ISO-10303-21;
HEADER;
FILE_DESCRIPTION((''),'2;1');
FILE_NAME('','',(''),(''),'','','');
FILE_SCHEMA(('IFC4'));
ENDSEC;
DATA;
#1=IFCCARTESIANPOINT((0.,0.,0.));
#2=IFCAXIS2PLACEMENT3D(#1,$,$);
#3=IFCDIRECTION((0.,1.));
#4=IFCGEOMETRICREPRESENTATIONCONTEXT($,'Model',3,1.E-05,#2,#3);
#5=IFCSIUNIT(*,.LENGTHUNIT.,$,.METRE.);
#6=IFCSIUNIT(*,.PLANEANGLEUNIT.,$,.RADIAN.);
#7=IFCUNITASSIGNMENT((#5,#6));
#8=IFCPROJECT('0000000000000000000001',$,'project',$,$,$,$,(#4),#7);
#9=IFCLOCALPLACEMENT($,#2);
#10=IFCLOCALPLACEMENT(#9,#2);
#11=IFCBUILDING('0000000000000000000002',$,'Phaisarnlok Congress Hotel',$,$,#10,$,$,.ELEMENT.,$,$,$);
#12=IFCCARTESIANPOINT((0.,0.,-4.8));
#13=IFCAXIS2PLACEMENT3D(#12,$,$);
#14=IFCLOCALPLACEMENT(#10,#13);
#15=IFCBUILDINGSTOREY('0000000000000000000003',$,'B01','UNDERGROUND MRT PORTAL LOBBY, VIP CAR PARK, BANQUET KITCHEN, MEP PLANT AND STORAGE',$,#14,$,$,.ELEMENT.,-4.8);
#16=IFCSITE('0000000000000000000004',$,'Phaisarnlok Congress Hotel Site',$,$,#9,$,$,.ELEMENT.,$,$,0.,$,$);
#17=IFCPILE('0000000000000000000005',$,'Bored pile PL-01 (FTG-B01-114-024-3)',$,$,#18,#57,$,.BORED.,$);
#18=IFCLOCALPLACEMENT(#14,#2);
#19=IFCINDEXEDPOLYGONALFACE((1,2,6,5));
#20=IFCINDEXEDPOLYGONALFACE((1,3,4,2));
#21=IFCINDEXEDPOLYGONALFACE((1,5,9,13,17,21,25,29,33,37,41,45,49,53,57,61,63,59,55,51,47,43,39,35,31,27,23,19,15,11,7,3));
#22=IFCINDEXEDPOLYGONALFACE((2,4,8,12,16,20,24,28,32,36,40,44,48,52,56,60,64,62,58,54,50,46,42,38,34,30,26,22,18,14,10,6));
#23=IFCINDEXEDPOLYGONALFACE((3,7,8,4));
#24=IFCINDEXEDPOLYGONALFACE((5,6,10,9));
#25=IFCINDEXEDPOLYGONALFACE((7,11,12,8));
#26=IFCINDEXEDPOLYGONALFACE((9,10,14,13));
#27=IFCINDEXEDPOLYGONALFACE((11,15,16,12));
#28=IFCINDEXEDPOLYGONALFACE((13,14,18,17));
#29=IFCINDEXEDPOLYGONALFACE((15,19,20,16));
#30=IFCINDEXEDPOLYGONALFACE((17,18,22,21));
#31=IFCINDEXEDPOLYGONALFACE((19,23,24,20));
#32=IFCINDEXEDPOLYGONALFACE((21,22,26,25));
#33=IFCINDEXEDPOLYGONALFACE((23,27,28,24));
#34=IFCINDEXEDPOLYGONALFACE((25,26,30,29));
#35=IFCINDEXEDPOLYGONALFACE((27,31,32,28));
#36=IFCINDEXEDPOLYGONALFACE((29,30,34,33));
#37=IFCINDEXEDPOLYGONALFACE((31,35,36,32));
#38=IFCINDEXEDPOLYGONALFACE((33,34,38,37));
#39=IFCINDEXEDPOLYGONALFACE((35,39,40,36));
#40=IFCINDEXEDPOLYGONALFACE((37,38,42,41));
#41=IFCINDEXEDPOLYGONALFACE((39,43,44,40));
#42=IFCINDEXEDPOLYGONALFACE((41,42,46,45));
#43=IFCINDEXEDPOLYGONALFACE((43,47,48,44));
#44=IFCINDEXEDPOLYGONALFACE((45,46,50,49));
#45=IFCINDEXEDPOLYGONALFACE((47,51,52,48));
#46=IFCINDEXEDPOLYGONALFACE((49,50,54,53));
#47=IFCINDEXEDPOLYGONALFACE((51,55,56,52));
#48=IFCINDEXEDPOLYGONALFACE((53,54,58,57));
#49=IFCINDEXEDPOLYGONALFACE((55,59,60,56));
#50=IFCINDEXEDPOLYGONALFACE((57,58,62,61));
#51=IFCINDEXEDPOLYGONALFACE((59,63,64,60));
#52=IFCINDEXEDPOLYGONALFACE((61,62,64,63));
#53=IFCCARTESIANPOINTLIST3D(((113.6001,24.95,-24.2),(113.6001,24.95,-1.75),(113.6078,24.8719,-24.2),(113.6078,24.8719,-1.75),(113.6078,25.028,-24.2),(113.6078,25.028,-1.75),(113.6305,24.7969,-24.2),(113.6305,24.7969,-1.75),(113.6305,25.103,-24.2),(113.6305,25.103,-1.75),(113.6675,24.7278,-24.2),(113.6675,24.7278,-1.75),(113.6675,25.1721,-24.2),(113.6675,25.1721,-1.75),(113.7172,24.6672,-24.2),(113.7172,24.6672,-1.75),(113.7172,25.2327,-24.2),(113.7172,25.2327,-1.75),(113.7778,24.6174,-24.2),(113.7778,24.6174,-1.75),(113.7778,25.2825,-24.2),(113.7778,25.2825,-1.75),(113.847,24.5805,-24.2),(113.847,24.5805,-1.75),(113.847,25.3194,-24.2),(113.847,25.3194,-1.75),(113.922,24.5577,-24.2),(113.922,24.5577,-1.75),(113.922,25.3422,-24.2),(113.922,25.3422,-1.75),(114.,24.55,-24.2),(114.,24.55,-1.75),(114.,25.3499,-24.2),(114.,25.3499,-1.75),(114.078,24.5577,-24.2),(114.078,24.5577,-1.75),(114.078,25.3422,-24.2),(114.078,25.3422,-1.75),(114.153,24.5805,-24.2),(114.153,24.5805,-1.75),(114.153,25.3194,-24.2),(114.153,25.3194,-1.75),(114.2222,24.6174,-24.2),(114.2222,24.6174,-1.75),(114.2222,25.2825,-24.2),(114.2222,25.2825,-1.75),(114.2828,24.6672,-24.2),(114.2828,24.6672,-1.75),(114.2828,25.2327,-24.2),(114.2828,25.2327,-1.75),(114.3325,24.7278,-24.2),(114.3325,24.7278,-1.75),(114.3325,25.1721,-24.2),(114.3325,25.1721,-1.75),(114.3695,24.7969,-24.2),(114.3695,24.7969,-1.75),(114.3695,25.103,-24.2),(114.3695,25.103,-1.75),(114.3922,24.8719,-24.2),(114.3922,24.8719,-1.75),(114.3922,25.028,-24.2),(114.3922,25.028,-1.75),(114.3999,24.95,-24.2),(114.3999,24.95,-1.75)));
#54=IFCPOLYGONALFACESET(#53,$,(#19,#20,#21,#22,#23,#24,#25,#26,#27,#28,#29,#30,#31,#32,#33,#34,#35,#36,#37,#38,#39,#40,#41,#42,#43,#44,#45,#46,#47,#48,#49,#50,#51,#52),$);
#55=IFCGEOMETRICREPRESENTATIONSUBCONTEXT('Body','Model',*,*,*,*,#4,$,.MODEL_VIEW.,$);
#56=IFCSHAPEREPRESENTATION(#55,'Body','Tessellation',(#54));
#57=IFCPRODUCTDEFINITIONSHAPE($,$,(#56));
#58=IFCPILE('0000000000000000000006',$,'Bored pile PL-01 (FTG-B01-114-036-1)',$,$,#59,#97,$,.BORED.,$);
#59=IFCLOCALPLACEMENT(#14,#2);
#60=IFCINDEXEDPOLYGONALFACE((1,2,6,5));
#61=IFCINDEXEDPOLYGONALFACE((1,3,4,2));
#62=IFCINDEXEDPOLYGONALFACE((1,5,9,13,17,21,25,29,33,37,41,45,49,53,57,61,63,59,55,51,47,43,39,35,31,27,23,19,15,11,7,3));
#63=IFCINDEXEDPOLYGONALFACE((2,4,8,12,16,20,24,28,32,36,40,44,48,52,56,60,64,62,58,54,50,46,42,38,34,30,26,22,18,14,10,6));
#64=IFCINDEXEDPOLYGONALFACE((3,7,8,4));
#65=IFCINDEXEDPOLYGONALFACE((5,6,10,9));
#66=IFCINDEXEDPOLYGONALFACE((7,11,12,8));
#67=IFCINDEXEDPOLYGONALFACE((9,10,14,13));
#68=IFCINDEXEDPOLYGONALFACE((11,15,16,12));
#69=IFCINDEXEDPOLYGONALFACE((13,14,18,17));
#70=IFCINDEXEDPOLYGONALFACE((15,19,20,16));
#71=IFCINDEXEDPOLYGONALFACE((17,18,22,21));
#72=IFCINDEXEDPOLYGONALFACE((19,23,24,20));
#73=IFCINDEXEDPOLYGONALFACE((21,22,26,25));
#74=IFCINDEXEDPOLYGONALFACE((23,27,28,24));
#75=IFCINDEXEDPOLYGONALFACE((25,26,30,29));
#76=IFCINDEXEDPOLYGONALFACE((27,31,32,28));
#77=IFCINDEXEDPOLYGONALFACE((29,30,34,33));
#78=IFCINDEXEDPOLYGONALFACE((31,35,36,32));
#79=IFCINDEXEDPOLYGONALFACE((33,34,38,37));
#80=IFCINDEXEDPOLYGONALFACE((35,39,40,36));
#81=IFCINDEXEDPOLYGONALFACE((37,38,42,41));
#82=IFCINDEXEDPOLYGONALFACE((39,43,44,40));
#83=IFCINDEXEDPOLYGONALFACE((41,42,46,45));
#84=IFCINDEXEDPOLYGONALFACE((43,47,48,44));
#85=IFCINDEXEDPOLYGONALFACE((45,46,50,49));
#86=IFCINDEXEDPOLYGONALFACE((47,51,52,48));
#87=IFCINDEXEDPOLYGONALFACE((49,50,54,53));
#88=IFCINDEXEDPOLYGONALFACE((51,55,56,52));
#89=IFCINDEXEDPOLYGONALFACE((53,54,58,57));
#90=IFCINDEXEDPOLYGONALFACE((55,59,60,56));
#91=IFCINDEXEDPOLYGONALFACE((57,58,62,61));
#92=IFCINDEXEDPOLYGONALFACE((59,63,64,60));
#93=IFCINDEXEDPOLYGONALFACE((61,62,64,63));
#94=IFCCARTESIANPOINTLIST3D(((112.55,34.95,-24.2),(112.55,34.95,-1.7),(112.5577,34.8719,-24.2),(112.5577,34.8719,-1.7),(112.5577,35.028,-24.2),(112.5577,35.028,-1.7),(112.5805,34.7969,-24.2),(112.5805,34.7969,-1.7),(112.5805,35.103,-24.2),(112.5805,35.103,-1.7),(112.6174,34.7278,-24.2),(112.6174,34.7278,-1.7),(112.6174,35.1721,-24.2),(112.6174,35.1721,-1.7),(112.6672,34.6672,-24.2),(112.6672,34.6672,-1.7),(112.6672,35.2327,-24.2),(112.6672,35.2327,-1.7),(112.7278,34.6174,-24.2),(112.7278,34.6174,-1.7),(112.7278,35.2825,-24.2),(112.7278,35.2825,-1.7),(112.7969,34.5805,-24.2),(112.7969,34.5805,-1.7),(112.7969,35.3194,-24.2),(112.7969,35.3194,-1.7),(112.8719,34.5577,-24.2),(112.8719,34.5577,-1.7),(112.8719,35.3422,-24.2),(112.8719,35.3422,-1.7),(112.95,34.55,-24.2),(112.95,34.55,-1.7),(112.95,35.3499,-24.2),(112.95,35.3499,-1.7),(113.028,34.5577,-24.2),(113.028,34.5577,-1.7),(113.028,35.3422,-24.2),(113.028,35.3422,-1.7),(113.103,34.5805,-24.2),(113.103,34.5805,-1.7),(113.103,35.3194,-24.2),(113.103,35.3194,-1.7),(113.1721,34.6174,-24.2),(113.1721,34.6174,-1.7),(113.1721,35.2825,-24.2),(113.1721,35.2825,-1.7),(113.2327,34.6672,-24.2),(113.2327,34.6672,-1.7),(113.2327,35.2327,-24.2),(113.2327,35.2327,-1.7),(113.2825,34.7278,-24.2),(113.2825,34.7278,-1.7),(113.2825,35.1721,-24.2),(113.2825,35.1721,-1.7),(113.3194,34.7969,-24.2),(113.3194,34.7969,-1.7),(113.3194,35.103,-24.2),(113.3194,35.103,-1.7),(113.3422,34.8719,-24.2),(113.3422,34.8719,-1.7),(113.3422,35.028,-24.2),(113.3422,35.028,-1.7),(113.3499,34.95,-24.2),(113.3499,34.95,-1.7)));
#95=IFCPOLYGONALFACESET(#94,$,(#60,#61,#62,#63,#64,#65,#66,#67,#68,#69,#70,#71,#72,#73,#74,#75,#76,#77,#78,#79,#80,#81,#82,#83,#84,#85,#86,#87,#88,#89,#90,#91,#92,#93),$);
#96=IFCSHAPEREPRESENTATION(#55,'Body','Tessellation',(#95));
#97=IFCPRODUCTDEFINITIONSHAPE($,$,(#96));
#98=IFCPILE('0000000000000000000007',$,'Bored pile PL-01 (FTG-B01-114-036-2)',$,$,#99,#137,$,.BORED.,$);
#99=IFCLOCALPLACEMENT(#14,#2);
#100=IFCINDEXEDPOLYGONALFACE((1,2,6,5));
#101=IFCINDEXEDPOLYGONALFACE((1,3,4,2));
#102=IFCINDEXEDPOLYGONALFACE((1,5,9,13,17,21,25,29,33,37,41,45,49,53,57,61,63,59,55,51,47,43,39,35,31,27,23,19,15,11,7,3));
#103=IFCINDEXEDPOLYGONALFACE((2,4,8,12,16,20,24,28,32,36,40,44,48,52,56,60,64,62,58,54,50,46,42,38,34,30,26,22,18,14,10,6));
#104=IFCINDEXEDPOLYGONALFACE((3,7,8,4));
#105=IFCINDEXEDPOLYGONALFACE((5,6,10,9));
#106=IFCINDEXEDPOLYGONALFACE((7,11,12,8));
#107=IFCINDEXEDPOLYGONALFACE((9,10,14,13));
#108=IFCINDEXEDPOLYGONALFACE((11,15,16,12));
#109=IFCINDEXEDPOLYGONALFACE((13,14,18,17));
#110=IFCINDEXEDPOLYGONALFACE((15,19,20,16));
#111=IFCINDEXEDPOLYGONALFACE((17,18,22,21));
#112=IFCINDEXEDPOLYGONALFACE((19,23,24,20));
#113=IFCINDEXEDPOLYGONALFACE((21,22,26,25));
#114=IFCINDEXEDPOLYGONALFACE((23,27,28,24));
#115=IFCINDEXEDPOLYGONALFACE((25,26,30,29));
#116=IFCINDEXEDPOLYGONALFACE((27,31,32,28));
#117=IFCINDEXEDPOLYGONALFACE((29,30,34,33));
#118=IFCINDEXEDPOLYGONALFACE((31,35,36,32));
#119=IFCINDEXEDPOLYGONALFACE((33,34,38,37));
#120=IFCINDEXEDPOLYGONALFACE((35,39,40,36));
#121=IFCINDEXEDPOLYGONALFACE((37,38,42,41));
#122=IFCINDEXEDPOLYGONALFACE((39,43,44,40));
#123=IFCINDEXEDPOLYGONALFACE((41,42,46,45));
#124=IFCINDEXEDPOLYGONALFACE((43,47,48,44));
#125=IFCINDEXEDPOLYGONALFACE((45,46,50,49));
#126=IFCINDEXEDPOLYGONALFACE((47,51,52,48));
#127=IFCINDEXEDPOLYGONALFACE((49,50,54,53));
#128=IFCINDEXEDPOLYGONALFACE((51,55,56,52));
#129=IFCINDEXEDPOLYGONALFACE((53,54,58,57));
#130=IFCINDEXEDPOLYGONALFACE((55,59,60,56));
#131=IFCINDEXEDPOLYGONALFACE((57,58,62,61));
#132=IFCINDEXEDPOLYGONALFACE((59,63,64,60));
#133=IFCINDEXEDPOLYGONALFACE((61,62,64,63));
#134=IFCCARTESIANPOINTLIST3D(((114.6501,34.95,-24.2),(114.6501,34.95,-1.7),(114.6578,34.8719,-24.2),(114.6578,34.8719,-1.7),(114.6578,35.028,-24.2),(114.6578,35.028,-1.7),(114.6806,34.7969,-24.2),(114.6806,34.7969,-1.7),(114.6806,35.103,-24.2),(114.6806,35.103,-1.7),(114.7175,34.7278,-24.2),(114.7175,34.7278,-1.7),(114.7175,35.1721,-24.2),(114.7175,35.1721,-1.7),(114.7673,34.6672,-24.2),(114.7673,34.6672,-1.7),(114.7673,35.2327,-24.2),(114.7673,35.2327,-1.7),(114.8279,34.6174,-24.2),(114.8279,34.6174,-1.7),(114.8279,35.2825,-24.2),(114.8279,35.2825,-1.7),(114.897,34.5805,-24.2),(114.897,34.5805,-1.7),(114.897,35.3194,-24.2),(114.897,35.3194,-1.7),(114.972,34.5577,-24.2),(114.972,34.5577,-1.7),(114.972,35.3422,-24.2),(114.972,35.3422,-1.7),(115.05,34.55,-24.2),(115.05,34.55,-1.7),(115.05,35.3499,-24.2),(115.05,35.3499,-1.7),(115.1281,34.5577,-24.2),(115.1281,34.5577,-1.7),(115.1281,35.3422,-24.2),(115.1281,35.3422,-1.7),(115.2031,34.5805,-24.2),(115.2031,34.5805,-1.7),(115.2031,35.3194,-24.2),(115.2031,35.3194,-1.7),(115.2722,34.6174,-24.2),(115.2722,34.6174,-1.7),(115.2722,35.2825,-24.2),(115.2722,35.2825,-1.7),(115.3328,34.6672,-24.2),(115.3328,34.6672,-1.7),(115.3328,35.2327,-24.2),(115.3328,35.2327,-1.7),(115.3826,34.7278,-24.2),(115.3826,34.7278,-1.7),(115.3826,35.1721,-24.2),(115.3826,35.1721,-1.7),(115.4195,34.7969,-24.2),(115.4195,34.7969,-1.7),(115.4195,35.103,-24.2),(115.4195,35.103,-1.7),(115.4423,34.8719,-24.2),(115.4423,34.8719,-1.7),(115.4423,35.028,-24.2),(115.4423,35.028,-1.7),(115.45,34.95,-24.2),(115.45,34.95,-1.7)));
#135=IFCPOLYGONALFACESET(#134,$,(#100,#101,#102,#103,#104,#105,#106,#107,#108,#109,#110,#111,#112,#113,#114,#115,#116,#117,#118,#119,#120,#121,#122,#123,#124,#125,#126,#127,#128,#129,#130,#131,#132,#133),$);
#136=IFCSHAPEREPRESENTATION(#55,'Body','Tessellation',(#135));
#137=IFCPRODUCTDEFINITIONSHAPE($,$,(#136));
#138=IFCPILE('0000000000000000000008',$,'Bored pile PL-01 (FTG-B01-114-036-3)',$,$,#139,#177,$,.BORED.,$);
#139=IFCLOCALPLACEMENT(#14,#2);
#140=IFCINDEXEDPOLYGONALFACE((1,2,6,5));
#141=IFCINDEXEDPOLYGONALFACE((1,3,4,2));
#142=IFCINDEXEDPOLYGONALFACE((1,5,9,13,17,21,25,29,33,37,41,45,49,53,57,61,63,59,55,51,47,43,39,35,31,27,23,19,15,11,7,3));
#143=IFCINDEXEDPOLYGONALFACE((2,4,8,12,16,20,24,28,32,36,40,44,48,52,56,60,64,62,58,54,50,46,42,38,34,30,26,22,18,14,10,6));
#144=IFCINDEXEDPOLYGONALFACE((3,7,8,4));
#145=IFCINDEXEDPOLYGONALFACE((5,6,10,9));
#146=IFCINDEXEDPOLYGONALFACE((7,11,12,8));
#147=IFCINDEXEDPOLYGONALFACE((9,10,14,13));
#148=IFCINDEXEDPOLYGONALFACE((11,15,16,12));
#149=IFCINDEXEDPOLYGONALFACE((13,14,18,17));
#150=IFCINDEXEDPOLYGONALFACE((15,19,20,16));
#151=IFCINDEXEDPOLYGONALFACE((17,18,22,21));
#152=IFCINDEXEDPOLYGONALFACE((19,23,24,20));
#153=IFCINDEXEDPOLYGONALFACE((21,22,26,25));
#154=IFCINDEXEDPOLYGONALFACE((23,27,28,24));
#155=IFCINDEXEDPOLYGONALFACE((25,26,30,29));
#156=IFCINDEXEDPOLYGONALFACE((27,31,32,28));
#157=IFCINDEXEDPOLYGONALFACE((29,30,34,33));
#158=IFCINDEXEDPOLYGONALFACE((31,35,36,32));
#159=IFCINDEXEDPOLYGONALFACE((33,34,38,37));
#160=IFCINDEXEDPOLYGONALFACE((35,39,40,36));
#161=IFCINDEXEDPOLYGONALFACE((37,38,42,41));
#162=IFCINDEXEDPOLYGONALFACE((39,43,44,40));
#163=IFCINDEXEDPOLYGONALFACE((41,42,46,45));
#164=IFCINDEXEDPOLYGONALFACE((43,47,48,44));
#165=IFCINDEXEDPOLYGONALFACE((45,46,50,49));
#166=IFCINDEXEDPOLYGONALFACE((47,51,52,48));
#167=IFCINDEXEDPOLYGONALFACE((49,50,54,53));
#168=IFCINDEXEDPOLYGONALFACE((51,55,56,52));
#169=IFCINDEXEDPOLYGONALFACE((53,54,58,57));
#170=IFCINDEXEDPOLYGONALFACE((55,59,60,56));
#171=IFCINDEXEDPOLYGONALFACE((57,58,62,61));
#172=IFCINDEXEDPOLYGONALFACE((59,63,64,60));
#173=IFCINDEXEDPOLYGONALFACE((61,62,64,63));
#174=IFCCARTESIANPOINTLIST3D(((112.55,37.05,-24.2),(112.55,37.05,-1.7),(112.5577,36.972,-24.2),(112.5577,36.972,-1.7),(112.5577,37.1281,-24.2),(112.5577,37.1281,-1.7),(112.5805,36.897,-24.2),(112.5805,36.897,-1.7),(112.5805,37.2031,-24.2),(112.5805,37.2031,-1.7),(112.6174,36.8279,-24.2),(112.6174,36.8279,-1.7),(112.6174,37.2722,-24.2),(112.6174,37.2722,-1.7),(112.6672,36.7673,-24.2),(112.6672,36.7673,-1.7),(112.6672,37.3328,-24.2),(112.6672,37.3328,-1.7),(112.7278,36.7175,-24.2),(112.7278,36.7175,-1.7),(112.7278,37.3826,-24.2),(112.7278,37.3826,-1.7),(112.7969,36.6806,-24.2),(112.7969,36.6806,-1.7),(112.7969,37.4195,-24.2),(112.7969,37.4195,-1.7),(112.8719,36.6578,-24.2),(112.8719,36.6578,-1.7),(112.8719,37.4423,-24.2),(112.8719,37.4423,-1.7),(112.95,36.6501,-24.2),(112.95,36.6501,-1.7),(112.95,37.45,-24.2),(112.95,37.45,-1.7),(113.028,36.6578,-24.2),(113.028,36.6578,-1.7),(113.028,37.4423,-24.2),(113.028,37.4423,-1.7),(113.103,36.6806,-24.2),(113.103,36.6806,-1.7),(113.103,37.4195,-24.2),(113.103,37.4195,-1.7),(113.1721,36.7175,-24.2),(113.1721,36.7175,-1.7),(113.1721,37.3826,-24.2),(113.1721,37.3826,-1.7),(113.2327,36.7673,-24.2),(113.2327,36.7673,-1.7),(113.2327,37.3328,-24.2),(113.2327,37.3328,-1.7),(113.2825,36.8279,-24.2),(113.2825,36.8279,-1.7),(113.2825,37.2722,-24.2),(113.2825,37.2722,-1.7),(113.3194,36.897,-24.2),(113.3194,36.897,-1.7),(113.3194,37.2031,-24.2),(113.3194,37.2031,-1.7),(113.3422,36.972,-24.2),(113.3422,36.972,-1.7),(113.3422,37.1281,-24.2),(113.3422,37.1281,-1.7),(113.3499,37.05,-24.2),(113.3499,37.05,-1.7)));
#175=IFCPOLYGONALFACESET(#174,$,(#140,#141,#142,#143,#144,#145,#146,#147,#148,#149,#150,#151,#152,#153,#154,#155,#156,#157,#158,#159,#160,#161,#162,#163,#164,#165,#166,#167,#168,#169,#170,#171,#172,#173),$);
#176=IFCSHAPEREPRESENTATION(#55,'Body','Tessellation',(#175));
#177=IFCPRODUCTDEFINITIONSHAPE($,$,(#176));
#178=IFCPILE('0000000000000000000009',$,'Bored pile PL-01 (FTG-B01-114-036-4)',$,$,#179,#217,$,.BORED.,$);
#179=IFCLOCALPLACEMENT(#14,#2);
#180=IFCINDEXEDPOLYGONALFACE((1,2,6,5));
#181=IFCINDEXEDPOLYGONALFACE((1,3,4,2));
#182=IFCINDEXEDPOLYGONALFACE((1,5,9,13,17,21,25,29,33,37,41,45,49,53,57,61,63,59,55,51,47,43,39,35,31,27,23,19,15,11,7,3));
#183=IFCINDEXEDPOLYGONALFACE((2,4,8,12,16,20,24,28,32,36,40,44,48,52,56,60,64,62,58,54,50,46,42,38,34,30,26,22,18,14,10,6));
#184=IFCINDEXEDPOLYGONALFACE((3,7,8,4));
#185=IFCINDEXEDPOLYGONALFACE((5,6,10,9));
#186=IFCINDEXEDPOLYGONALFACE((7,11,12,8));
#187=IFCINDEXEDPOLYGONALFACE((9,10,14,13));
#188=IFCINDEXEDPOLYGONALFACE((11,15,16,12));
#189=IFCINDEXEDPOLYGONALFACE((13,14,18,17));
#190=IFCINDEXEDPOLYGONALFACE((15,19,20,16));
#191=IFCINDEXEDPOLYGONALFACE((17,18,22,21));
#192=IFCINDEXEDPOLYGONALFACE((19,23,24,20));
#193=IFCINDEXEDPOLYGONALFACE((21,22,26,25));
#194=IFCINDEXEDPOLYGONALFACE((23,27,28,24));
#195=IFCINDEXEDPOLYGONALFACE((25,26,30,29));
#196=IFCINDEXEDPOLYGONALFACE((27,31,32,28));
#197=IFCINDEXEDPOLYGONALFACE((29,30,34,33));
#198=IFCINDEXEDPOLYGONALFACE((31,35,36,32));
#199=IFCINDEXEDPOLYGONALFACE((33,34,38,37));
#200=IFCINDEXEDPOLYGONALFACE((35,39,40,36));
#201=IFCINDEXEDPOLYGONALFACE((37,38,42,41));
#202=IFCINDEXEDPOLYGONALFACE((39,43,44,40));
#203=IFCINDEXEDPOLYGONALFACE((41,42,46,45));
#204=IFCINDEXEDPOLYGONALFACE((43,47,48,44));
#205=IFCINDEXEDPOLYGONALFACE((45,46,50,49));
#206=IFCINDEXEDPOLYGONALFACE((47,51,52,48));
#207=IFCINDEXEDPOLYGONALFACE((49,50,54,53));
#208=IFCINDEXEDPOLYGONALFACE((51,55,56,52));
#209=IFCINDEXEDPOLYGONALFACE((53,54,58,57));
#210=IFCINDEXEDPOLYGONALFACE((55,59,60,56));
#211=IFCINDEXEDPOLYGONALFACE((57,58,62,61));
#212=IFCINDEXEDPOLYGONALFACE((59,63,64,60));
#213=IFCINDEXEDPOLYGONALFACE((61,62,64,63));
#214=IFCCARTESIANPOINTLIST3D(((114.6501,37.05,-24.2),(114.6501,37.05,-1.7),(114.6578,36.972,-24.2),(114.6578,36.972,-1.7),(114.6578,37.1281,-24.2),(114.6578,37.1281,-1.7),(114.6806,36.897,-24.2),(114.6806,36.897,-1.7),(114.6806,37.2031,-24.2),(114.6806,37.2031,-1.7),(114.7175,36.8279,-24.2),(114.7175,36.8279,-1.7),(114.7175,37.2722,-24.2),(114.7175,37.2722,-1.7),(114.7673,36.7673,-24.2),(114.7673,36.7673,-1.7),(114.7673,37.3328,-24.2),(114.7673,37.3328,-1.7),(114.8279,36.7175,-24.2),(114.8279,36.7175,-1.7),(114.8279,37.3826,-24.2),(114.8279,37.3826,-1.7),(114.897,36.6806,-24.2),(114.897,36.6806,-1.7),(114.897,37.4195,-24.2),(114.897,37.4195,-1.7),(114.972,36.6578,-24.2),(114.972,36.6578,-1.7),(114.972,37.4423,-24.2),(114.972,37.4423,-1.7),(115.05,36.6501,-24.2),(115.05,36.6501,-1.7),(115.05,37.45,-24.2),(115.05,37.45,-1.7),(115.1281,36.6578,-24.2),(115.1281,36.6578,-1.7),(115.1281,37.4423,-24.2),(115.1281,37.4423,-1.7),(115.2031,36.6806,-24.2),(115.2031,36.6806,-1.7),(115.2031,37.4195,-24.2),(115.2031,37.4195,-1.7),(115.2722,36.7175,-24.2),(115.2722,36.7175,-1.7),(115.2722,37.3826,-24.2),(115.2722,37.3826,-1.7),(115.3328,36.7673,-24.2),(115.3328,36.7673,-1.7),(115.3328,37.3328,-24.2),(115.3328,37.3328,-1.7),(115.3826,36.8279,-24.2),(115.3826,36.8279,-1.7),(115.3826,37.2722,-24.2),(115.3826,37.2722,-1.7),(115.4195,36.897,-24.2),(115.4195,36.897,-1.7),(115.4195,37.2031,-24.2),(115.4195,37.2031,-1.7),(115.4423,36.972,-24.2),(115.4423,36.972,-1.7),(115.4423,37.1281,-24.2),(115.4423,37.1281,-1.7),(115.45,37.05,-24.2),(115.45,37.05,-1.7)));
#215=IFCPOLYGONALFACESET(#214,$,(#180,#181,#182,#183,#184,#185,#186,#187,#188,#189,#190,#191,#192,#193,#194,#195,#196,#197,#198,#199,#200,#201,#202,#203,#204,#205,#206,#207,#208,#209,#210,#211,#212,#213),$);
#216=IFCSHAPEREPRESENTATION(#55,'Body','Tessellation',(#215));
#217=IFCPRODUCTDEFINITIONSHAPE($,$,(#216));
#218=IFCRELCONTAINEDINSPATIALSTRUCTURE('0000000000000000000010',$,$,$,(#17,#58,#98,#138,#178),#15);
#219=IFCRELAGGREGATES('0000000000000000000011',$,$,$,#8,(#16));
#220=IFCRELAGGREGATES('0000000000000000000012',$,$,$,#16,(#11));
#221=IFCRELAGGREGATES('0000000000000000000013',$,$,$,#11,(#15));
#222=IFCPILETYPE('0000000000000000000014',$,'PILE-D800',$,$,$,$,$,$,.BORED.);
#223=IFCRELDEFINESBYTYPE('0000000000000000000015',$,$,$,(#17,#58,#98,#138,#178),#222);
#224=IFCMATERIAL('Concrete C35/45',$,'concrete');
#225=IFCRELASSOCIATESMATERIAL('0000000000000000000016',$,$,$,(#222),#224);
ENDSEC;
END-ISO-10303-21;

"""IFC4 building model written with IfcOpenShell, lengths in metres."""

from ifc_helpers import new_model, si_unit, direction, frame, origin, origin_2d, place, context, subcontext, project, spatial, circle, extrude, material, material_profile, profile_set, type_object, element, save


model = new_model("IFC4")

# Units and contexts
model_context = context("Model", 3, precision=1e-05, world=origin(), true_north=direction((0.0, 1.0)))
body_context = subcontext(model_context, "Body", "Model", "MODEL_VIEW")
ifc_project = project(units=[si_unit("LENGTHUNIT", "METRE"), si_unit("PLANEANGLEUNIT", "RADIAN")], contexts=[model_context])

# Site, building, storey
site_placement = place(None, origin())
site = spatial("IfcSite", under=ifc_project, at=site_placement, Name="Phaisarnlok Congress Hotel Site", CompositionType="ELEMENT", RefElevation=0.0)
building_placement = place(site_placement, origin())
building = spatial("IfcBuilding", under=site, at=building_placement, Name="Phaisarnlok Congress Hotel", CompositionType="ELEMENT")
storey_placement = place(building_placement, frame((0.0, 0.0, -4.8)))
storey = spatial("IfcBuildingStorey", under=building, at=storey_placement, Name="B01", Description="UNDERGROUND MRT PORTAL LOBBY, VIP CAR PARK, BANQUET KITCHEN, MEP PLANT AND STORAGE", CompositionType="ELEMENT", Elevation=-4.8)

# Piles
ifc_material_1 = material(Name="Concrete C35/45", Category="concrete")
ifc_material_profile_1 = material_profile(ifc_material_1, circle(Radius=0.3999, at=origin_2d()), Name="BORED PILE D800")
ifc_profile_set_1 = profile_set([ifc_material_profile_1], Name="Concrete C35/45")
pile_type_1 = type_object("IfcPileType", Name="PILE-D800", PredefinedType="BORED", material=ifc_profile_set_1)
pile_1_placement = place(storey_placement, frame((114.0, 24.95, -1.75), z_axis=(0.0, 0.0, -1.0), x_axis=(1.0, 0.0, 0.0)))
element("IfcPile", 1, at=pile_1_placement, inside=storey, type_object=pile_type_1, Name="Bored pile PL-01 (FTG-B01-114-024-3)", PredefinedType="BORED", context=body_context, shape_type="SweptSolid", body=[
    extrude(circle(Radius=0.3999, at=origin_2d()), origin(), (0.0, 0.0, 1.0), 22.45),
])
for number, where, z_axis, x_axis, name in (
    (2, (112.95, 34.95, -1.7), (0.0, 0.0, -1.0), (1.0, 0.0, 0.0), "Bored pile PL-01 (FTG-B01-114-036-1)"),
    (3, (115.05, 34.95, -1.7), (0.0, 0.0, -1.0), (1.0, 0.0, 0.0), "Bored pile PL-01 (FTG-B01-114-036-2)"),
    (4, (112.95, 37.05, -1.7), (0.0, 0.0, -1.0), (1.0, 0.0, 0.0), "Bored pile PL-01 (FTG-B01-114-036-3)"),
    (5, (115.05, 37.05, -1.7), (0.0, 0.0, -1.0), (1.0, 0.0, 0.0), "Bored pile PL-01 (FTG-B01-114-036-4)"),
):
    element("IfcPile", number, at=place(storey_placement, frame(where, z_axis=z_axis, x_axis=x_axis)), inside=storey, type_object=pile_type_1, Name=name, PredefinedType="BORED", context=body_context, shape_type="SweptSolid", body=[
        extrude(circle(Radius=0.3999, at=origin_2d()), origin(), (0.0, 0.0, 1.0), 22.5),
    ])

save(model, "model.ifc")
